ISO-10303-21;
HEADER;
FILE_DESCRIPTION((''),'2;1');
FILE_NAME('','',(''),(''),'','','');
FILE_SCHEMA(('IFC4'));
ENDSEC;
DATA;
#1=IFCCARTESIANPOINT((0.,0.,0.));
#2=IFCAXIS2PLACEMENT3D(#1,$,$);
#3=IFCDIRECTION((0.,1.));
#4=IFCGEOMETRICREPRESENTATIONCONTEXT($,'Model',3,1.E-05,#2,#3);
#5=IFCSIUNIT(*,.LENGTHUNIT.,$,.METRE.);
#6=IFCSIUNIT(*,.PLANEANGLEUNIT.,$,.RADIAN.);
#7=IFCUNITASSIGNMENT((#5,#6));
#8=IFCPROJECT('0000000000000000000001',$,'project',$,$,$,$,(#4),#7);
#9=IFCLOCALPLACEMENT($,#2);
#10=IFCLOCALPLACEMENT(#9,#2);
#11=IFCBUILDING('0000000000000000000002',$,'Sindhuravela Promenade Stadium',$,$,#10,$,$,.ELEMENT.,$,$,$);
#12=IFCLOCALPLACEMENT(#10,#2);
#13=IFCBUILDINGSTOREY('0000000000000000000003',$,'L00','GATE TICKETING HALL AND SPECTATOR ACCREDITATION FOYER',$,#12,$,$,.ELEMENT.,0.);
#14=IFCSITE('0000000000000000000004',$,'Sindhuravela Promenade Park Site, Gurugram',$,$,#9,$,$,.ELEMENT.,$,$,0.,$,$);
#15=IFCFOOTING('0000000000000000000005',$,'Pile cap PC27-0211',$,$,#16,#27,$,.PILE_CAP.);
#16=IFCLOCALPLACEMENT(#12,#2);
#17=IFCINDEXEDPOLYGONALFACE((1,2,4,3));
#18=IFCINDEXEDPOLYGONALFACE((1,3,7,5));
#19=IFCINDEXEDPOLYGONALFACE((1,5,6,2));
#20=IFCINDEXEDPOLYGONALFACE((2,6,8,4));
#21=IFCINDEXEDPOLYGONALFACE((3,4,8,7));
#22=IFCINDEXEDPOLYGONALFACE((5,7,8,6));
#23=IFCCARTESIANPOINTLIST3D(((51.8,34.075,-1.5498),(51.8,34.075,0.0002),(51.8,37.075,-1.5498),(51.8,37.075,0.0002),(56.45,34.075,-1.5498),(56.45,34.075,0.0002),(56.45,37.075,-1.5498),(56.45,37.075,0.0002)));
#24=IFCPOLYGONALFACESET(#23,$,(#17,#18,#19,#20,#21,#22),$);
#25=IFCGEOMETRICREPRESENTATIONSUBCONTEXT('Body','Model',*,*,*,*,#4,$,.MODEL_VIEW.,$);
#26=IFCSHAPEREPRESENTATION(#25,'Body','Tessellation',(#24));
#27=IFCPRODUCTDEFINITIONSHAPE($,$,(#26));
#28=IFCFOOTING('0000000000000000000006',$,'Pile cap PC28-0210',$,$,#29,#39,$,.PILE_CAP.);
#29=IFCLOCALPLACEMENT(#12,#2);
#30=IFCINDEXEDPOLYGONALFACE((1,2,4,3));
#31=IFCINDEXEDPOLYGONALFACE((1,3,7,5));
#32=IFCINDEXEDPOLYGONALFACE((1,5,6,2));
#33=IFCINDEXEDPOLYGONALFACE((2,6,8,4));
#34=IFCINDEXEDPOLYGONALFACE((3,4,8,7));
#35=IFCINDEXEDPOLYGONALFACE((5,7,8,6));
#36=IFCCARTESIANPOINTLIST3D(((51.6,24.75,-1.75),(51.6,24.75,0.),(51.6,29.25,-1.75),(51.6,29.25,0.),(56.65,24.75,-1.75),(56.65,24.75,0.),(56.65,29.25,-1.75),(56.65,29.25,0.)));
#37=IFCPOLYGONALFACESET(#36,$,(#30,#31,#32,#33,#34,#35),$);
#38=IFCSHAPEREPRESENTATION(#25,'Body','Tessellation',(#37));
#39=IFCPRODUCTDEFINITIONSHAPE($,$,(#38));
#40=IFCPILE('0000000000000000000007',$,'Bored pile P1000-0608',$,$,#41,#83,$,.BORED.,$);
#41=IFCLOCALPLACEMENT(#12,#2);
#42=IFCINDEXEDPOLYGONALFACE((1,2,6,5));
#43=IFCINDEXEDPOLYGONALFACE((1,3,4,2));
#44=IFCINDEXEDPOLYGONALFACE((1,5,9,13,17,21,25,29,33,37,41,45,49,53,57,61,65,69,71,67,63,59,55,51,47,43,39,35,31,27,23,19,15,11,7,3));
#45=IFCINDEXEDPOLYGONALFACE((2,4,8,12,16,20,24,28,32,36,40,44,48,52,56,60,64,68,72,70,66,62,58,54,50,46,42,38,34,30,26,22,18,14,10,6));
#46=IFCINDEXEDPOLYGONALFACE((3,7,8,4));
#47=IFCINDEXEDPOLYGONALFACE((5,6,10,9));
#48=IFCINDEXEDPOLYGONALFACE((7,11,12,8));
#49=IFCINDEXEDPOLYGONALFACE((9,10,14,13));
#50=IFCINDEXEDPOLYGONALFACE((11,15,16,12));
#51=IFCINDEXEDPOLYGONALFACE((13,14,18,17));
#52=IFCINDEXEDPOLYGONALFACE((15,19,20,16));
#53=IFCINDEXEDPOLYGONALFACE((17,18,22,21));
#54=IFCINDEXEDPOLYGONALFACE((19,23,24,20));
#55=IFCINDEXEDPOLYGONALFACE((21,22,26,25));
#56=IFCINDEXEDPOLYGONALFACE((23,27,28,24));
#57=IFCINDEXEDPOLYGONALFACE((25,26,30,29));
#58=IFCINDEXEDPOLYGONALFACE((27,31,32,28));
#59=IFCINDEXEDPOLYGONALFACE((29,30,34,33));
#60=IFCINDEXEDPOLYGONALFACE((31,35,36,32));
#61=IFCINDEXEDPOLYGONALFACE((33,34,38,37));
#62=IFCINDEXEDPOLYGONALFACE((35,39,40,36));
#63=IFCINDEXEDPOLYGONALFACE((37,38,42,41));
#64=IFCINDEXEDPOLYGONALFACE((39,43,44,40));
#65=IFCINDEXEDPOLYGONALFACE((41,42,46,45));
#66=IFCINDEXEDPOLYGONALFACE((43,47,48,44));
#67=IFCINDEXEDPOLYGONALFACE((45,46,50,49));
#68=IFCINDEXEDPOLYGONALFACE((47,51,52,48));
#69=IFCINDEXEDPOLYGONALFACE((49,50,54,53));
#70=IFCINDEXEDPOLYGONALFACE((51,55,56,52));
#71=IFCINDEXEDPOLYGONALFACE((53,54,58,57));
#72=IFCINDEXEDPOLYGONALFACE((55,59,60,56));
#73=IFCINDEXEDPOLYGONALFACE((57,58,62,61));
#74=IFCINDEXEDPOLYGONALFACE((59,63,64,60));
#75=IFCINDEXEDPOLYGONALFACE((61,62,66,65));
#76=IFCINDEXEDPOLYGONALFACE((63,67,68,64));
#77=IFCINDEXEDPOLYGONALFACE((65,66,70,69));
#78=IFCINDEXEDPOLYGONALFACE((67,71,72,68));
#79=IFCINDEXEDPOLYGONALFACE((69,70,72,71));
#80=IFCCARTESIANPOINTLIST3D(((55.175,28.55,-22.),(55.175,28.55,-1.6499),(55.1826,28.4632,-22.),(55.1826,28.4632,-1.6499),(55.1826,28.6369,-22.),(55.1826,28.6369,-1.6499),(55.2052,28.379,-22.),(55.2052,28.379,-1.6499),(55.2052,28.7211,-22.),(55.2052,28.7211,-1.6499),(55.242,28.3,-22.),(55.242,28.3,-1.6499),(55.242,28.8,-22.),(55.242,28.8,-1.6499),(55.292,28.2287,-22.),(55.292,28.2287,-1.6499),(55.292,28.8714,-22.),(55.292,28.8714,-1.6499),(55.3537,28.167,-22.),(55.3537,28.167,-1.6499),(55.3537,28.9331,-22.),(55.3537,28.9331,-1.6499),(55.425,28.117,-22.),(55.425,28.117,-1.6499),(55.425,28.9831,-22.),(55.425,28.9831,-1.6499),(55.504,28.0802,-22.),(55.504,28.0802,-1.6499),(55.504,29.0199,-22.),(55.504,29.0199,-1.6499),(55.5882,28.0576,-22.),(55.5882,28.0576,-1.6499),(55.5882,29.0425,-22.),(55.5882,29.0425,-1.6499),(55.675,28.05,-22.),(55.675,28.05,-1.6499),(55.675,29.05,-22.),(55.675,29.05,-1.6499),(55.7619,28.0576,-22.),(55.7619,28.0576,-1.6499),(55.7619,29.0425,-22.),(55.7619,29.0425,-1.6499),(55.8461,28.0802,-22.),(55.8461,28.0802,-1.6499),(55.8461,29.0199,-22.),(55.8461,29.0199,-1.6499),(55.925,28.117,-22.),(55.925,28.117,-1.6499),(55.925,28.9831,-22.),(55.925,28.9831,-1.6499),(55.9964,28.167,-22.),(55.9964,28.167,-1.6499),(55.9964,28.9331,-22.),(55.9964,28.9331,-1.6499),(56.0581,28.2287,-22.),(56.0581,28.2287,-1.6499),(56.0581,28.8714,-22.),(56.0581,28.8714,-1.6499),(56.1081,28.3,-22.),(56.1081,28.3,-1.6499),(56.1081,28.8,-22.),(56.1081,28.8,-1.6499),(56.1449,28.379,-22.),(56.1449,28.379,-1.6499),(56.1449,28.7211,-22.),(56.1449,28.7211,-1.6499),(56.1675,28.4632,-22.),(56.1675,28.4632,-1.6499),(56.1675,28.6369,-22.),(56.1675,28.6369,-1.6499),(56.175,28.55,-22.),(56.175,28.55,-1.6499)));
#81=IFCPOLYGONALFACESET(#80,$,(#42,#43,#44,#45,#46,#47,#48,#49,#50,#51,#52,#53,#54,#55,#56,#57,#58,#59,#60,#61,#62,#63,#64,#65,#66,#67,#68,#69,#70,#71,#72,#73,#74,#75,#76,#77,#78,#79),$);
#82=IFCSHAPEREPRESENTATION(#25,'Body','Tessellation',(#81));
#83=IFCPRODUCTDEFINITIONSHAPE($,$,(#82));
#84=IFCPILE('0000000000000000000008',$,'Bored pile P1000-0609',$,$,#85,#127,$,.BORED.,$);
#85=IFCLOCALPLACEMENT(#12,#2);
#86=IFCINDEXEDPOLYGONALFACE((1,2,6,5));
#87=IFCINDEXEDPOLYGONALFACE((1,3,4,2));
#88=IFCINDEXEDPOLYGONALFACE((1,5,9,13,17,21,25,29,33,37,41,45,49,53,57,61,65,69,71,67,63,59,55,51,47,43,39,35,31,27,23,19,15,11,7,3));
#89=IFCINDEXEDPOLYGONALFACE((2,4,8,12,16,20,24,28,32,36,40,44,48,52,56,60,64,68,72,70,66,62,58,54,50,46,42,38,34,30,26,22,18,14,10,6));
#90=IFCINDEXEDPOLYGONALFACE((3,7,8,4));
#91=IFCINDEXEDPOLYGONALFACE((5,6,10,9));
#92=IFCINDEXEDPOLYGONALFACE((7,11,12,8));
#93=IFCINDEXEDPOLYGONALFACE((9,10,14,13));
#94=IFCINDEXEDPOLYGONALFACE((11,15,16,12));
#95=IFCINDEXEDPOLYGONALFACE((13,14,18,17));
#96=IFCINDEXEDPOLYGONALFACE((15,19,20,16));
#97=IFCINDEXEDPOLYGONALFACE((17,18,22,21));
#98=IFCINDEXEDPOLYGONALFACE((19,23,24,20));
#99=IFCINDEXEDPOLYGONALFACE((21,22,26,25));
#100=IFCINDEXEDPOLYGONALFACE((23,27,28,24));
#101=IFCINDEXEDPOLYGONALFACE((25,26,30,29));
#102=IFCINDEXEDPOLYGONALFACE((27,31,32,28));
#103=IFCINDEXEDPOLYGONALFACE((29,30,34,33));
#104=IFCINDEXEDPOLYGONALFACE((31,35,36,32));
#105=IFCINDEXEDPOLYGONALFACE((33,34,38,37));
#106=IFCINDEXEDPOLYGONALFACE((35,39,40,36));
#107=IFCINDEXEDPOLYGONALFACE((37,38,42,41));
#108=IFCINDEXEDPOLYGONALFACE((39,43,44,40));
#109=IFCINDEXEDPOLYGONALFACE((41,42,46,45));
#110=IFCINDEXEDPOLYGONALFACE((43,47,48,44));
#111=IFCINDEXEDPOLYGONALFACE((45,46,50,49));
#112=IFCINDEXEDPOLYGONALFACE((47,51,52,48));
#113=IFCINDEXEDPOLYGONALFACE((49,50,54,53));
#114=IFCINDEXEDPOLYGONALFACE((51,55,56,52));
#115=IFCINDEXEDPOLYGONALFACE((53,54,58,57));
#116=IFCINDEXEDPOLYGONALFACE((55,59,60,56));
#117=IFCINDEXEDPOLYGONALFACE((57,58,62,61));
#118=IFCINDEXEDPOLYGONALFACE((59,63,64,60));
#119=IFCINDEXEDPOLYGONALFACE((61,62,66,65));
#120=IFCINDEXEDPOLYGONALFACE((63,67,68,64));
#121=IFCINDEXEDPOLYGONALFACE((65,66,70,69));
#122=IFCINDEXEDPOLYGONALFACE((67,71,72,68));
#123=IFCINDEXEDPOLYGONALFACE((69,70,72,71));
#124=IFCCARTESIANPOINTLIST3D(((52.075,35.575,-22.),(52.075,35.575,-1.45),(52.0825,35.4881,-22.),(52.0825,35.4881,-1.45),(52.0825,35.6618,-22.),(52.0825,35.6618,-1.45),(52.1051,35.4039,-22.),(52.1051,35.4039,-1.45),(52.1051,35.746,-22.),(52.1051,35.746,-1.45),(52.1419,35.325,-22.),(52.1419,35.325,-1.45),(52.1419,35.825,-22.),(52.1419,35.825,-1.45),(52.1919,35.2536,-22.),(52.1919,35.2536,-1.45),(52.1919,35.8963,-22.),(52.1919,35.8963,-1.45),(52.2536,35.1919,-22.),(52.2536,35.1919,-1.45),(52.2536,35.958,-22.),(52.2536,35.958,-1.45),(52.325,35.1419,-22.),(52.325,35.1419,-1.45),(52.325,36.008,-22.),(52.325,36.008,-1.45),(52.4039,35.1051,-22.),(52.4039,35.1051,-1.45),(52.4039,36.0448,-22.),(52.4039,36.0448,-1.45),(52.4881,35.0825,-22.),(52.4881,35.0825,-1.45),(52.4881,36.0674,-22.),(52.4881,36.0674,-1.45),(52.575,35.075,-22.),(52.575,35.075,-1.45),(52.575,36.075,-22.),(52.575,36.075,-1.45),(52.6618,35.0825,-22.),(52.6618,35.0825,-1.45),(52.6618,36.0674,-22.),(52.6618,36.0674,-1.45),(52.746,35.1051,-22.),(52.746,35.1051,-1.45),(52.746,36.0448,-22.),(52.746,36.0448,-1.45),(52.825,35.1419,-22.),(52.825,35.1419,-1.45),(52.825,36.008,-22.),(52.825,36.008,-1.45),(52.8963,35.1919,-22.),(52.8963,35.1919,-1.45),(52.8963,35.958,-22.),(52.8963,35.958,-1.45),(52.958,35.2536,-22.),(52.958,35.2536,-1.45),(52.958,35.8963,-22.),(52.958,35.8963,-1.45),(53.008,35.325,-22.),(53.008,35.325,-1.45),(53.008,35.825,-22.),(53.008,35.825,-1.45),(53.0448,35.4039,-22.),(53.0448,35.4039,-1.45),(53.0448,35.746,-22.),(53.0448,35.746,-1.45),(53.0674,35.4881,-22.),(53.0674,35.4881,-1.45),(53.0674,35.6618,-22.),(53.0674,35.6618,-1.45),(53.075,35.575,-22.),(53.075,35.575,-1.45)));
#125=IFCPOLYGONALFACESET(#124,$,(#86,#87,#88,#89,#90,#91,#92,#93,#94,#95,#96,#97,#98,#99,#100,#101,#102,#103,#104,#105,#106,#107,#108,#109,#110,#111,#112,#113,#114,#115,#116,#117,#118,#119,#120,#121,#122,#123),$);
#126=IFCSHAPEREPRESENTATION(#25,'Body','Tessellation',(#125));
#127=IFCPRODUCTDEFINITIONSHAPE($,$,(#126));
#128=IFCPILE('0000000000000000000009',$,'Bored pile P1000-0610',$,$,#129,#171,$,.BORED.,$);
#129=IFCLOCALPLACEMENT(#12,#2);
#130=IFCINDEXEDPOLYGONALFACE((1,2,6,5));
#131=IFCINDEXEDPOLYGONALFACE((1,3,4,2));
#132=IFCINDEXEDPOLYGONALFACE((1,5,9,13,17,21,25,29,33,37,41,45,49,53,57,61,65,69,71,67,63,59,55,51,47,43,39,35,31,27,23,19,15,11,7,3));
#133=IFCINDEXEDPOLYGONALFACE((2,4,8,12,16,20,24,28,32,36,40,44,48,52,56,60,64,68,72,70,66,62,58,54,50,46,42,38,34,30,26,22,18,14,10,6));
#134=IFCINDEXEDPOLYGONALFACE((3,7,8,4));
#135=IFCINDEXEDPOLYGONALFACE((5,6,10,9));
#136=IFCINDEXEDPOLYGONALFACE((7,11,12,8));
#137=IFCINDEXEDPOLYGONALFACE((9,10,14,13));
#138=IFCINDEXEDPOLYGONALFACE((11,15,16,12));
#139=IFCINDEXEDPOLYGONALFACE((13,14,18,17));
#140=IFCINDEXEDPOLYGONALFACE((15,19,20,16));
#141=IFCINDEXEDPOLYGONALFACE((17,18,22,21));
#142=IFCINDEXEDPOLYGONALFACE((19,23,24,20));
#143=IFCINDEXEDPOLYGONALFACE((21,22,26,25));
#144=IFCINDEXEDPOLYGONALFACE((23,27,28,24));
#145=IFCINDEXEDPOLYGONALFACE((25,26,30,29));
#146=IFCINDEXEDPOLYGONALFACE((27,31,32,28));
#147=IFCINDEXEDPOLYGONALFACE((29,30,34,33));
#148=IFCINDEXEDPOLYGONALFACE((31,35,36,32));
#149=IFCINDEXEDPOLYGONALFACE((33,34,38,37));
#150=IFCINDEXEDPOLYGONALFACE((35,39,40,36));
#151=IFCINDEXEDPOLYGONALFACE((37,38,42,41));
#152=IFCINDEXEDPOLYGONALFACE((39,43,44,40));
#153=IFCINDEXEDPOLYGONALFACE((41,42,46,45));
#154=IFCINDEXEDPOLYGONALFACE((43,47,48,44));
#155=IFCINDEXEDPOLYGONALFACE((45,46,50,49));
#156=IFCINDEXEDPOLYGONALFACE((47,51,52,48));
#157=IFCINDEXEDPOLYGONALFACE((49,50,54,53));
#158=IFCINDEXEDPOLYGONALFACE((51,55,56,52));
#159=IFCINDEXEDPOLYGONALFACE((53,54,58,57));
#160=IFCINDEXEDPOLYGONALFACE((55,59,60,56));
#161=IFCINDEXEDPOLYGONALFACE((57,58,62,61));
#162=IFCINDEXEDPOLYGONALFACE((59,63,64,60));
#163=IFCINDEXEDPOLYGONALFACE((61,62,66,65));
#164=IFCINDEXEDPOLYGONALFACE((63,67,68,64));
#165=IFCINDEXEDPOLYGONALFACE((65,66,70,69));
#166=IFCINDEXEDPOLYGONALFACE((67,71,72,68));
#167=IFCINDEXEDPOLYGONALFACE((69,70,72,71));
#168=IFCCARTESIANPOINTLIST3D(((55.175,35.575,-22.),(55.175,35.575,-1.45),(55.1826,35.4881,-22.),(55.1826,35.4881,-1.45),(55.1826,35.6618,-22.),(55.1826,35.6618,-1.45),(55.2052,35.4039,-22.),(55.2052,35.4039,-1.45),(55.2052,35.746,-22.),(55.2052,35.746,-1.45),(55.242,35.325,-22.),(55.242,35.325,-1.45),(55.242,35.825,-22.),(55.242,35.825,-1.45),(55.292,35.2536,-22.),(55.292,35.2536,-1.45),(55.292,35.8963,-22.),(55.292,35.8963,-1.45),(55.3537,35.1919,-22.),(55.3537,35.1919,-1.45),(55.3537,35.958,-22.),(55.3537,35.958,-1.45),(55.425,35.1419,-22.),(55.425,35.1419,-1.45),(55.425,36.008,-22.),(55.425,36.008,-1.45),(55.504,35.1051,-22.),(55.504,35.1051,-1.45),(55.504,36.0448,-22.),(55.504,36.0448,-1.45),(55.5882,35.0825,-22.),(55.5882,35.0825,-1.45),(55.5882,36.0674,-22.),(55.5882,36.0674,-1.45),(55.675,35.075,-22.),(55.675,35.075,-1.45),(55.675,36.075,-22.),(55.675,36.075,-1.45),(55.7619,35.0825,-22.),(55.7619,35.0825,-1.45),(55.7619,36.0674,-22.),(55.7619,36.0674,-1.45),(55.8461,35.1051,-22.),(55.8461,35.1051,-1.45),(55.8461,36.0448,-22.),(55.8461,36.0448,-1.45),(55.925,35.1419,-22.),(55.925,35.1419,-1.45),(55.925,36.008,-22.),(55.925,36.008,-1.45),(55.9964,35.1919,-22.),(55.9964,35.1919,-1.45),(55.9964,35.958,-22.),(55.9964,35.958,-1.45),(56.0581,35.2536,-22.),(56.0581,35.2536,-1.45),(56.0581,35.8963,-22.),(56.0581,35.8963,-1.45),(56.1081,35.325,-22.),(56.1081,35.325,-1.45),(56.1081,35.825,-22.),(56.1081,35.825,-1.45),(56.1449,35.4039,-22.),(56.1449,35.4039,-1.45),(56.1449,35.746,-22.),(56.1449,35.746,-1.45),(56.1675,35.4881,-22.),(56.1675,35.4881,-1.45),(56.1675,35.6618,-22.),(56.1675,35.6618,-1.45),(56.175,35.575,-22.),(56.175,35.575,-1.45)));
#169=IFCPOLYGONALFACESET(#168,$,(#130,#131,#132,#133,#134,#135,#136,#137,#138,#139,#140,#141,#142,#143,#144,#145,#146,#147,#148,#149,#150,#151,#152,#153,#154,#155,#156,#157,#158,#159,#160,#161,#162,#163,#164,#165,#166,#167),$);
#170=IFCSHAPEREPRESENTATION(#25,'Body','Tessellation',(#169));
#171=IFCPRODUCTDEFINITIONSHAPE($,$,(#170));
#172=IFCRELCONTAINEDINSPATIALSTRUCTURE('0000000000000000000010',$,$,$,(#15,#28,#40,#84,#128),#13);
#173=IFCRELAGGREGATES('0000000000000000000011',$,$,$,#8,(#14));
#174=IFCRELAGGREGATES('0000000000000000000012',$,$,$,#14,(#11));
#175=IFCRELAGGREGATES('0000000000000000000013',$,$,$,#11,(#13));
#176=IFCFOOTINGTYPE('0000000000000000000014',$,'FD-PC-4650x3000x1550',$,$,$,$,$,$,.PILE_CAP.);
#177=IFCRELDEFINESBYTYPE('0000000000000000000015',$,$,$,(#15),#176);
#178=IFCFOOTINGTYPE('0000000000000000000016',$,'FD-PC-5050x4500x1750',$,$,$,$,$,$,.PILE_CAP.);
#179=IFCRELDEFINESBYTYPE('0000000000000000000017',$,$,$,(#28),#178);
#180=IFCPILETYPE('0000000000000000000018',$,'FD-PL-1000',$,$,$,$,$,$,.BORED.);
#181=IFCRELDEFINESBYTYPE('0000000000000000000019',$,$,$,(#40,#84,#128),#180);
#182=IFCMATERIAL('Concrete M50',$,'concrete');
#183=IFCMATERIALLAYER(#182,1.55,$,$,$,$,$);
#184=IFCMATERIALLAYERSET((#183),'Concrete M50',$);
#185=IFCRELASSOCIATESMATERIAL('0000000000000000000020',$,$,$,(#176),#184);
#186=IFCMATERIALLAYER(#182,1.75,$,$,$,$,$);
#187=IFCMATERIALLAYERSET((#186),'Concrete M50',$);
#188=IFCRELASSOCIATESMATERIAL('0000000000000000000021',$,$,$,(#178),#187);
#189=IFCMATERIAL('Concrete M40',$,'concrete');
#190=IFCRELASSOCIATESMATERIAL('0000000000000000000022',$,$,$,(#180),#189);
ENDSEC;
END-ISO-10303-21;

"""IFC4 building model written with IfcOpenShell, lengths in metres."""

from ifc_helpers import new_model, si_unit, direction, frame, origin, origin_2d, place, context, subcontext, project, spatial, rectangle, circle, extrude, material, layer, layer_set, material_profile, profile_set, type_object, element, save


model = new_model("IFC4")

# Units and contexts
model_context = context("Model", 3, precision=1e-05, world=origin(), true_north=direction((0.0, 1.0)))
body_context = subcontext(model_context, "Body", "Model", "MODEL_VIEW")
ifc_project = project(units=[si_unit("LENGTHUNIT", "METRE"), si_unit("PLANEANGLEUNIT", "RADIAN")], contexts=[model_context])

# Site, building, storey
site_placement = place(None, origin())
site = spatial("IfcSite", under=ifc_project, at=site_placement, Name="Sindhuravela Promenade Park Site, Gurugram", CompositionType="ELEMENT", RefElevation=0.0)
building_placement = place(site_placement, origin())
building = spatial("IfcBuilding", under=site, at=building_placement, Name="Sindhuravela Promenade Stadium", CompositionType="ELEMENT")
storey_placement = place(building_placement, origin())
storey = spatial("IfcBuildingStorey", under=building, at=storey_placement, Name="L00", Description="GATE TICKETING HALL AND SPECTATOR ACCREDITATION FOYER", CompositionType="ELEMENT", Elevation=0.0)

# Footings
ifc_material_1 = material(Name="Concrete M50", Category="concrete")
ifc_layer_1 = layer(ifc_material_1, 1.55)
ifc_layer_set_1 = layer_set([ifc_layer_1], Name="Concrete M50")
footing_type_1 = type_object("IfcFootingType", Name="FD-PC-4650x3000x1550", PredefinedType="PILE_CAP", material=ifc_layer_set_1)
footing_1_placement = place(storey_placement, frame((54.125, 35.575, -1.5498), z_axis=(0.0, 0.0, 1.0), x_axis=(1.0, 0.0, 0.0)))
element("IfcFooting", 1, at=footing_1_placement, inside=storey, type_object=footing_type_1, Name="Pile cap PC27-0211", PredefinedType="PILE_CAP", context=body_context, shape_type="SweptSolid", body=[
    extrude(rectangle(XDim=4.6499, YDim=3.0, at=origin_2d()), origin(), (0.0, 0.0, 1.0), 1.55),
])
ifc_layer_2 = layer(ifc_material_1, 1.75)
ifc_layer_set_2 = layer_set([ifc_layer_2], Name="Concrete M50")
footing_type_2 = type_object("IfcFootingType", Name="FD-PC-5050x4500x1750", PredefinedType="PILE_CAP", material=ifc_layer_set_2)
footing_2_placement = place(storey_placement, frame((54.125, 27.0, -1.75), z_axis=(0.0, 0.0, 1.0), x_axis=(1.0, 0.0, 0.0)))
element("IfcFooting", 2, at=footing_2_placement, inside=storey, type_object=footing_type_2, Name="Pile cap PC28-0210", PredefinedType="PILE_CAP", context=body_context, shape_type="SweptSolid", body=[
    extrude(rectangle(XDim=5.05, YDim=4.5, at=origin_2d()), origin(), (0.0, 0.0, 1.0), 1.75),
])

# Piles
ifc_material_2 = material(Name="Concrete M40", Category="concrete")
ifc_material_profile_1 = material_profile(ifc_material_2, circle(Radius=0.5, at=origin_2d()), Name="BORED PILE D1000")
ifc_profile_set_1 = profile_set([ifc_material_profile_1], Name="Concrete M40")
pile_type = type_object("IfcPileType", Name="FD-PL-1000", PredefinedType="BORED", material=ifc_profile_set_1)
pile_placement = place(storey_placement, frame((55.675, 28.55, -1.6499), z_axis=(0.0, 0.0, -1.0), x_axis=(1.0, 0.0, 0.0)))
element("IfcPile", 3, at=pile_placement, inside=storey, type_object=pile_type, Name="Bored pile P1000-0608", PredefinedType="BORED", context=body_context, shape_type="SweptSolid", body=[
    extrude(circle(Radius=0.5, at=origin_2d()), origin(), (0.0, 0.0, 1.0), 20.3501),
])
for number, where, z_axis, x_axis, name in (
    (4, (52.575, 35.575, -1.45), (0.0, 0.0, -1.0), (1.0, 0.0, 0.0), "Bored pile P1000-0609"),
    (5, (55.675, 35.575, -1.45), (0.0, 0.0, -1.0), (1.0, 0.0, 0.0), "Bored pile P1000-0610"),
):
    element("IfcPile", number, at=place(storey_placement, frame(where, z_axis=z_axis, x_axis=x_axis)), inside=storey, type_object=pile_type, Name=name, PredefinedType="BORED", context=body_context, shape_type="SweptSolid", body=[
        extrude(circle(Radius=0.5, at=origin_2d()), origin(), (0.0, 0.0, 1.0), 20.55),
    ])

save(model, "model.ifc")
